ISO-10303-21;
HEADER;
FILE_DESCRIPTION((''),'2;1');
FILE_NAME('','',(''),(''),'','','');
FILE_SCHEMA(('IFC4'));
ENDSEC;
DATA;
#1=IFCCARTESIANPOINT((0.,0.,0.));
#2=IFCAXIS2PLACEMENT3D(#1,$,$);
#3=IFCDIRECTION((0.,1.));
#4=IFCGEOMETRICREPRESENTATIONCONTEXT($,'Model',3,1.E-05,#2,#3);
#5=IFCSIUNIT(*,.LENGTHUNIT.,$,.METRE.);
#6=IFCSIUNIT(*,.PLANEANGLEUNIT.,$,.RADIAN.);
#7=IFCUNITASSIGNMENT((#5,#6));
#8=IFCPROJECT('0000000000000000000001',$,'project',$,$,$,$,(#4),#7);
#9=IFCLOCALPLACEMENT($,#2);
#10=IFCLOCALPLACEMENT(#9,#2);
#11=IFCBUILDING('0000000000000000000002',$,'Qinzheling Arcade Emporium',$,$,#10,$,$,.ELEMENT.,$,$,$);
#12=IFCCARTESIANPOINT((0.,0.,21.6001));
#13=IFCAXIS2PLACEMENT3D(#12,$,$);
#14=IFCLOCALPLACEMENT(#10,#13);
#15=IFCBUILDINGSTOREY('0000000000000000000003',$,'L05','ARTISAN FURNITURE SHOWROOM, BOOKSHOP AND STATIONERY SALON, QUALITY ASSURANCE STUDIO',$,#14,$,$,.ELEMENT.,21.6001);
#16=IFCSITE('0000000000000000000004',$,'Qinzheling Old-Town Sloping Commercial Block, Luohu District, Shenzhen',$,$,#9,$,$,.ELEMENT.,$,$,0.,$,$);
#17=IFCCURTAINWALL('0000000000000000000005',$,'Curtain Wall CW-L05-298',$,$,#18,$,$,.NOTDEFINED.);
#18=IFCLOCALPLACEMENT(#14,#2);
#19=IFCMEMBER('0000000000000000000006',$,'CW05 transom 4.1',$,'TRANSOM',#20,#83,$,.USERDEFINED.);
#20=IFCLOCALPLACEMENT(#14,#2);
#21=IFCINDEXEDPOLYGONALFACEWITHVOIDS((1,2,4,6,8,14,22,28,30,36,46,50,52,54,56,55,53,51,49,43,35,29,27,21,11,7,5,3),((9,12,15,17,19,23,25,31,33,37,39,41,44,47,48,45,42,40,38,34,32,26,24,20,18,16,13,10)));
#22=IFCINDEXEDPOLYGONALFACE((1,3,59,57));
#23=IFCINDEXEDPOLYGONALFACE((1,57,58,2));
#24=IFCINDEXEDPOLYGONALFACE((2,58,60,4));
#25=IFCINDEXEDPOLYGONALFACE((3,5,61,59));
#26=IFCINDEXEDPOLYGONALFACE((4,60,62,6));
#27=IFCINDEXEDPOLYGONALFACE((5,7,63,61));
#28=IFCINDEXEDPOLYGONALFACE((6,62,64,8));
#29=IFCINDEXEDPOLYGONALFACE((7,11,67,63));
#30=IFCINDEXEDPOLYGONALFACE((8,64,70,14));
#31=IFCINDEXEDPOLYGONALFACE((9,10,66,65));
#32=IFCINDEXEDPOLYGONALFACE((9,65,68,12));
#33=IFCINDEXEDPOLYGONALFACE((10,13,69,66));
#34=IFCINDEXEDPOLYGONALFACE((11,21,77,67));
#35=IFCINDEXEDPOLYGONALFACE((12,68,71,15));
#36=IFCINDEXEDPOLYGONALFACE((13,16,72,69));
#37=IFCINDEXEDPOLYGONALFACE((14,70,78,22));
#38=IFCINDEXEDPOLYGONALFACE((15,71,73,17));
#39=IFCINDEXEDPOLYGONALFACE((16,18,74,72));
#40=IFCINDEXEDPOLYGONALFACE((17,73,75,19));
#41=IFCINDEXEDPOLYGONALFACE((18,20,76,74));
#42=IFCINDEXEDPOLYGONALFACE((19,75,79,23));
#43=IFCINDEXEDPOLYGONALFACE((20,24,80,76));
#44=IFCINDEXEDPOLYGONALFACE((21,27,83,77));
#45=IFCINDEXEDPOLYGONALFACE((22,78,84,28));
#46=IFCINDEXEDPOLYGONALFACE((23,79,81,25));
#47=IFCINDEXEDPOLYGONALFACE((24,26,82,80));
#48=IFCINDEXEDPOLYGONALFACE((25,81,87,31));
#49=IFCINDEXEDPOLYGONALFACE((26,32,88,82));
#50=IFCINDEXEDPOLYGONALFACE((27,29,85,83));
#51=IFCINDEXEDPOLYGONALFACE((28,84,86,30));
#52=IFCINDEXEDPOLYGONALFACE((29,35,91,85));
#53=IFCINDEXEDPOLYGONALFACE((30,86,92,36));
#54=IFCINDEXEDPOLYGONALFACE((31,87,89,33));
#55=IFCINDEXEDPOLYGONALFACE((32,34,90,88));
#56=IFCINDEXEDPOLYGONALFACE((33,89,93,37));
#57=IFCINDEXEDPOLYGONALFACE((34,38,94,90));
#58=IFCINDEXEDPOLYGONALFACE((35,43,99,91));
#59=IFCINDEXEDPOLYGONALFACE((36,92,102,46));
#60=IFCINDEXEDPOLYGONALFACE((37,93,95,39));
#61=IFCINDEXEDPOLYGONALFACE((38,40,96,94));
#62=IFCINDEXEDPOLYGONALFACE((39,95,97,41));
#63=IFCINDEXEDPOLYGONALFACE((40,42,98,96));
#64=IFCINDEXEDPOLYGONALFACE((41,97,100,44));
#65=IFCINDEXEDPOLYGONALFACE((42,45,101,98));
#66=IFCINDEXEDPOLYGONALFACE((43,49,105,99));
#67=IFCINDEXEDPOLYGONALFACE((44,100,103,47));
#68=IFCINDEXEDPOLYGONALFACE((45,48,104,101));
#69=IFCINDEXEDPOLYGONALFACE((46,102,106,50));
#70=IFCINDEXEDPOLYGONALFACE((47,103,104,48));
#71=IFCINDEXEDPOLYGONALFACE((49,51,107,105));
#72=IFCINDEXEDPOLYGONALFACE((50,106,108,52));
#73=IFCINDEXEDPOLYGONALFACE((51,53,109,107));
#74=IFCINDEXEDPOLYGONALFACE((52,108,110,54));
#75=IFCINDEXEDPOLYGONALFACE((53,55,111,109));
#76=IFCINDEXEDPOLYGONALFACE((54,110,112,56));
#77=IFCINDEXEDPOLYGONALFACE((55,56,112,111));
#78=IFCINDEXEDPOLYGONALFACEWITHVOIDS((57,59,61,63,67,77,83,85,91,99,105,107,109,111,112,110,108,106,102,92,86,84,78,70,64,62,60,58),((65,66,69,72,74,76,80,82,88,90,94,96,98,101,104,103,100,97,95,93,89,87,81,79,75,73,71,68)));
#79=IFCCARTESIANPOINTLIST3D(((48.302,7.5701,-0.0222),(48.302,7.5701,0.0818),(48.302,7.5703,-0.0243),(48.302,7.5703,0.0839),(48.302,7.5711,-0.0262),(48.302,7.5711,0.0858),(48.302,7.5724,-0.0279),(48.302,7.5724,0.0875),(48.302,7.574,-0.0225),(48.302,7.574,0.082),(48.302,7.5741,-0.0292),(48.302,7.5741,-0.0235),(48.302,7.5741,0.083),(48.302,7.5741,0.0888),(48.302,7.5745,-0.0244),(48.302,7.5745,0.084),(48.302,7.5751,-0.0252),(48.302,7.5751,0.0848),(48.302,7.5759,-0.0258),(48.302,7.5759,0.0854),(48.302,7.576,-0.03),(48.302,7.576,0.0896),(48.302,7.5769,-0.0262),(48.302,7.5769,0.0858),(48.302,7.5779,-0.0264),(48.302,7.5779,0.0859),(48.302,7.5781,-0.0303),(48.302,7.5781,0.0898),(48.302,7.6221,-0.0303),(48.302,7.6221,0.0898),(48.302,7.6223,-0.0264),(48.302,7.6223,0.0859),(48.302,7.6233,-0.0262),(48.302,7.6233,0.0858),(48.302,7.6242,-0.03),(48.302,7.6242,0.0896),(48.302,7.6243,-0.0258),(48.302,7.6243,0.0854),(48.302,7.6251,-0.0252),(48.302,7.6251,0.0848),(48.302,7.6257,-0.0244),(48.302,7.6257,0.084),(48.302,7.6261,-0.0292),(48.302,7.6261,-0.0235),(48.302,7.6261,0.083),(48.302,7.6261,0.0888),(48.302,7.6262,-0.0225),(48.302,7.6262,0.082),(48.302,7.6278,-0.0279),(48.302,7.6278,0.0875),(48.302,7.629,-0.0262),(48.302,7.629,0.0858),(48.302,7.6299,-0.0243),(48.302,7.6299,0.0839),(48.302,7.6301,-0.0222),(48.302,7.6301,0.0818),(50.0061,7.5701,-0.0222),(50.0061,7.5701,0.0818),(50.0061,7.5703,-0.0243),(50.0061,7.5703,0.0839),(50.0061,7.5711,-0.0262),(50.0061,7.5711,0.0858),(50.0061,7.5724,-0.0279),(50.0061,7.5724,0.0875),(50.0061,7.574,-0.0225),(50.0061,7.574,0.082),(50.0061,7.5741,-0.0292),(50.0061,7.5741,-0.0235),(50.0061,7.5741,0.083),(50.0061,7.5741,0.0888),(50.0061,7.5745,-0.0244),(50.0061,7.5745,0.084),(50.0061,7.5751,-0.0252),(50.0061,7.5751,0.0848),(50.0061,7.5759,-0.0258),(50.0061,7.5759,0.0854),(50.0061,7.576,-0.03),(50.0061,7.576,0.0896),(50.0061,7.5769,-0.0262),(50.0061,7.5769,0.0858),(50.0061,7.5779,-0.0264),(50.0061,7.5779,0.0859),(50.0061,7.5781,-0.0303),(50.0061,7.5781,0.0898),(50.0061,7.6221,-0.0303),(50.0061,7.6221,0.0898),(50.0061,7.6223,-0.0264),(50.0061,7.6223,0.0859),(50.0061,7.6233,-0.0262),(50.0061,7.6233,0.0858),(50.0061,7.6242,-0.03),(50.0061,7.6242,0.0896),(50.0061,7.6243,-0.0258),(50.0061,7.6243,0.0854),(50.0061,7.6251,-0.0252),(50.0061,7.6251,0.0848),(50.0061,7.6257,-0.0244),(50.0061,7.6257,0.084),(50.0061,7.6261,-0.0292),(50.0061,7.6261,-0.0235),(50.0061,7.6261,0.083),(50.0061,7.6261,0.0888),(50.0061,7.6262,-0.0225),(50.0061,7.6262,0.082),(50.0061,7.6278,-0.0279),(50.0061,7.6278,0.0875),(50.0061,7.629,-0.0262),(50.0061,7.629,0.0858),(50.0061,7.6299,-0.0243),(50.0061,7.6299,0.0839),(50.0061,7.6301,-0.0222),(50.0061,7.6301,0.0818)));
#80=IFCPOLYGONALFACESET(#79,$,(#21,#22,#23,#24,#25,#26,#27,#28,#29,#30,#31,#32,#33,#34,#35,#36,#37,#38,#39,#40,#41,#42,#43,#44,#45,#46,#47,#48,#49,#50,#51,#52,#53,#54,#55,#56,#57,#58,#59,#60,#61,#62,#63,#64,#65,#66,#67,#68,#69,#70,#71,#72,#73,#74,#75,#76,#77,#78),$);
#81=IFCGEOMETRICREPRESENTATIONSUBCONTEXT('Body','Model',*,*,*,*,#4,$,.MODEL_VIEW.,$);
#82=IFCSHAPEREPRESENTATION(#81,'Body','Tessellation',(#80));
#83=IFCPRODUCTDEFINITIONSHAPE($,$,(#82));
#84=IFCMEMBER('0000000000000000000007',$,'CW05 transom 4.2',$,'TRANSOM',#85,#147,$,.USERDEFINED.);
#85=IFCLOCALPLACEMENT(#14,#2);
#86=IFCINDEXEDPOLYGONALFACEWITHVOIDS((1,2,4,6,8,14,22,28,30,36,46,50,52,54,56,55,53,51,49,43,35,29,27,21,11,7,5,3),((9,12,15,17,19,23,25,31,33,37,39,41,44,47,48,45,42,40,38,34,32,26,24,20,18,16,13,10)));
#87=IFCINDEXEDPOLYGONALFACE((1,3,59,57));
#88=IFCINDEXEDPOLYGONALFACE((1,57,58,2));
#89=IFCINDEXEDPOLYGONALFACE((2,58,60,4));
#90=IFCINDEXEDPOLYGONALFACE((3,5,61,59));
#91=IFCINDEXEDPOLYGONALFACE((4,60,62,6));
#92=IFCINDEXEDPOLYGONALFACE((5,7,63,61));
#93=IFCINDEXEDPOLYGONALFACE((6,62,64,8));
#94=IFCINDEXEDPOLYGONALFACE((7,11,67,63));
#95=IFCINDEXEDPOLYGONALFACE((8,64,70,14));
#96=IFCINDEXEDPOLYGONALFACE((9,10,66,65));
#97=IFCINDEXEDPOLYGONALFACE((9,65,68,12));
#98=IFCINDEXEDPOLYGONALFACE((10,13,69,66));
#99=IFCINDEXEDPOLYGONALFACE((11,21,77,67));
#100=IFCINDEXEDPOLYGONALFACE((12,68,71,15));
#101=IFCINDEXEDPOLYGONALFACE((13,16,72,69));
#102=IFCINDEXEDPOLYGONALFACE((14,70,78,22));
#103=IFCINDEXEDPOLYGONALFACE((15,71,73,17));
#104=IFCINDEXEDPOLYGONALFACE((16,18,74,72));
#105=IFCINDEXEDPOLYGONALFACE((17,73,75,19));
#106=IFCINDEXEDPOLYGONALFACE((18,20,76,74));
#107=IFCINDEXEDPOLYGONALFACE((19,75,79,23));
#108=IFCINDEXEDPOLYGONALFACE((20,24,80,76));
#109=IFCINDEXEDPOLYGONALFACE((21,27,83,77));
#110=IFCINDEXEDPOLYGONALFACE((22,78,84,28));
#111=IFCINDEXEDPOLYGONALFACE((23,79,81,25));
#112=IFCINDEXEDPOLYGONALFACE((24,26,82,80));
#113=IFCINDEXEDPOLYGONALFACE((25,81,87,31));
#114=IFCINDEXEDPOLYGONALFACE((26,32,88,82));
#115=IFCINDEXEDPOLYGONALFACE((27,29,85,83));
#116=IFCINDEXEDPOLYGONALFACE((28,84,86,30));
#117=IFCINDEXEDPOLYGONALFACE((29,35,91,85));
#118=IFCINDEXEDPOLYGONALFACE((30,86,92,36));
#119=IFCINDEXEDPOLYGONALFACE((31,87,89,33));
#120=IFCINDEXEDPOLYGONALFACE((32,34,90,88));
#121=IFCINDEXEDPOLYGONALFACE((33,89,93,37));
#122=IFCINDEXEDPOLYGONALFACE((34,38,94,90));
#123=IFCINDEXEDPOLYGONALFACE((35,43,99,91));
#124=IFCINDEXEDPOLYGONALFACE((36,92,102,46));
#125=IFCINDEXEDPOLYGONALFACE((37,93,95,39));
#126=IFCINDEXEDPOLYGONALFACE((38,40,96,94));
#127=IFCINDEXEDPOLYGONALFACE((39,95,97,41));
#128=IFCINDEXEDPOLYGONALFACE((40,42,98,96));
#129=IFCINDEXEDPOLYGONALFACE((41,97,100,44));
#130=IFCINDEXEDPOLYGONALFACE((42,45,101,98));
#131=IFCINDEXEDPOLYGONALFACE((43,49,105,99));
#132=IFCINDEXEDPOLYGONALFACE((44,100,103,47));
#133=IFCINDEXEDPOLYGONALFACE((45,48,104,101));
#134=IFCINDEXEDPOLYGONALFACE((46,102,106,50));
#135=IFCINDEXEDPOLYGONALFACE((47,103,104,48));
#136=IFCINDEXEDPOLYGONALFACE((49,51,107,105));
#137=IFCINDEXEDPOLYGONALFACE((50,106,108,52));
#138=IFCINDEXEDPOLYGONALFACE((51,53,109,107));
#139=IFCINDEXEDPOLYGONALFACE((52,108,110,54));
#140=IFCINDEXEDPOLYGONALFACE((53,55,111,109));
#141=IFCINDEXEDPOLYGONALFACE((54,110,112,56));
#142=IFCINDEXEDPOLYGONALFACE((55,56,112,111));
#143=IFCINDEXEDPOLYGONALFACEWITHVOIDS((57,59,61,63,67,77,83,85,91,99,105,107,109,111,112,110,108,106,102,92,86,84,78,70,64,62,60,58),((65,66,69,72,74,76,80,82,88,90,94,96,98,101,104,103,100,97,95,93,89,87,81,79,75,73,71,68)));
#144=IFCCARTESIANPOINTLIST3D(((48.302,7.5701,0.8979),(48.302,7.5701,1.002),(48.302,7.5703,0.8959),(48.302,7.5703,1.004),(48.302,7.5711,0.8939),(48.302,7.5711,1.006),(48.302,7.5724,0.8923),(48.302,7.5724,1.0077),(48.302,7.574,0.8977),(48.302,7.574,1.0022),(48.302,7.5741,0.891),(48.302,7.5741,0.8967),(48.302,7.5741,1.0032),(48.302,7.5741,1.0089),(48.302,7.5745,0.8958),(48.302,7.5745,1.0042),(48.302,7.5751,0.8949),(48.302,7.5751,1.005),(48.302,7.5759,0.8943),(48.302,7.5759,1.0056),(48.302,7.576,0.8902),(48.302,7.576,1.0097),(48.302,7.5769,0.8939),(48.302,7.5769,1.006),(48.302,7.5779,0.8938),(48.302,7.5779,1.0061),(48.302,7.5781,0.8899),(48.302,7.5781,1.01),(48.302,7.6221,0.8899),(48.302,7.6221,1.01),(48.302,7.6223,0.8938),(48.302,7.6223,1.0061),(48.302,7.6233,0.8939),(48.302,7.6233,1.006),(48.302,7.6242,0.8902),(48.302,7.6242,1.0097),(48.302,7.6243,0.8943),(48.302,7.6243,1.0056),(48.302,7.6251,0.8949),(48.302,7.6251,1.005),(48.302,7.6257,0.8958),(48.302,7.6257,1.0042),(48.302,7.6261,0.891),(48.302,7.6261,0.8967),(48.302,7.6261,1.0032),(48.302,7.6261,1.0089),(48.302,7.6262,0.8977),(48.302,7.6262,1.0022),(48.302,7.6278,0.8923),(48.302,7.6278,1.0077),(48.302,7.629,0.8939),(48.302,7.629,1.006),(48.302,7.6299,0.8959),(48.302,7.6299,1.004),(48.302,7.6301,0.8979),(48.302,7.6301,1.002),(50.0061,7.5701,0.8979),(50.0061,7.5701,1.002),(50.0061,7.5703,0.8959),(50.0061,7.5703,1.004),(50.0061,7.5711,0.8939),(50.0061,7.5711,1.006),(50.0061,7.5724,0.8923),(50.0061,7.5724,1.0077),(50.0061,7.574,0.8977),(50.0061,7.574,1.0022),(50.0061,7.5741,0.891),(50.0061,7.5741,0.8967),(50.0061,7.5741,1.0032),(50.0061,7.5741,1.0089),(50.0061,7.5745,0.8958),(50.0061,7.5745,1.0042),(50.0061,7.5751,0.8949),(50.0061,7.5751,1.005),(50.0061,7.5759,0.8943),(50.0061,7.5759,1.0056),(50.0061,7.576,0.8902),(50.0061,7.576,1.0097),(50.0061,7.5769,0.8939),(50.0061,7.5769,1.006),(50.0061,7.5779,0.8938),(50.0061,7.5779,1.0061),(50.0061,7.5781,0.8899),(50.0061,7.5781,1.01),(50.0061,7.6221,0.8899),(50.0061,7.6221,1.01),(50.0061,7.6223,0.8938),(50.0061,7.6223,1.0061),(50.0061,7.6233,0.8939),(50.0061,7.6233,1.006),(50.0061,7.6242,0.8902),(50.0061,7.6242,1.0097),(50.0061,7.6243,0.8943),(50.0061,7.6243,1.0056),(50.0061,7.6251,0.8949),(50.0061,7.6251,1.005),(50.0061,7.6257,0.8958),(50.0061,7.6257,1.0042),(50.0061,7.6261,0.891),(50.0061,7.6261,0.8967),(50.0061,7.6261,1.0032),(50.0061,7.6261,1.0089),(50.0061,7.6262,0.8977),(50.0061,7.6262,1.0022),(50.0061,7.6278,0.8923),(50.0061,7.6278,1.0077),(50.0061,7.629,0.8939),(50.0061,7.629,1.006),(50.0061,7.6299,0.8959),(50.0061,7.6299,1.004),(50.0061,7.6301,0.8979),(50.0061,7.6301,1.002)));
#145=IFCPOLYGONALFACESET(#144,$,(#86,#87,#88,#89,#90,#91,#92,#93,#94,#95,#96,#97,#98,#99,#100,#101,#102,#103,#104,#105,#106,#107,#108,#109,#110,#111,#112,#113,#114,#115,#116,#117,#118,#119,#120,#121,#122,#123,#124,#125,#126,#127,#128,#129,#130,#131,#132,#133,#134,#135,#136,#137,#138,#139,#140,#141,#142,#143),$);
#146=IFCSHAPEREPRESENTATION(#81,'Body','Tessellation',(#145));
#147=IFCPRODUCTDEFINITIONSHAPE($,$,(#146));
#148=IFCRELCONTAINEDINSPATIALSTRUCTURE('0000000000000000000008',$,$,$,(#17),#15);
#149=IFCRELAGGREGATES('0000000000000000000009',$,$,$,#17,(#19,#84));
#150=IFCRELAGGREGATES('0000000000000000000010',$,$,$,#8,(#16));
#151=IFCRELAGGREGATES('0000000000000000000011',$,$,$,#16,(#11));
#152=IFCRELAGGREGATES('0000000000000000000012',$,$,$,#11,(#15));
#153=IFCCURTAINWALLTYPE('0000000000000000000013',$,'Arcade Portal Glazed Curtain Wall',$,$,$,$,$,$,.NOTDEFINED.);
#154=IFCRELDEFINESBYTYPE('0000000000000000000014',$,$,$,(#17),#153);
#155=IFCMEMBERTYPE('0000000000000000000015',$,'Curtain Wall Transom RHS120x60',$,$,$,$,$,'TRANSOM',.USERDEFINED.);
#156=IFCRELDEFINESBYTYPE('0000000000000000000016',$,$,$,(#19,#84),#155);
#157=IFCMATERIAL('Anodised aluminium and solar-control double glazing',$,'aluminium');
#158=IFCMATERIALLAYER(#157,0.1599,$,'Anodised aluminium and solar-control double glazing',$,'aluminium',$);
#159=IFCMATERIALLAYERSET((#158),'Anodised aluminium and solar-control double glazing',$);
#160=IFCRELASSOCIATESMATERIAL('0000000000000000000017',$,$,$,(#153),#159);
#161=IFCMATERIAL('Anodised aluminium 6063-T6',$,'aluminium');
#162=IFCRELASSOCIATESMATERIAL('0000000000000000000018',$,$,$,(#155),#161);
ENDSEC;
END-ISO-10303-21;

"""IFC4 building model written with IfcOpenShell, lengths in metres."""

from ifc_helpers import new_model, si_unit, direction, frame, origin, origin_2d, place, context, subcontext, project, spatial, hollow_rectangle, extrude, material, layer, layer_set, material_profile, profile_set, type_object, element, aggregate, save


model = new_model("IFC4")

# Units and contexts
model_context = context("Model", 3, precision=1e-05, world=origin(), true_north=direction((0.0, 1.0)))
body_context = subcontext(model_context, "Body", "Model", "MODEL_VIEW")
ifc_project = project(units=[si_unit("LENGTHUNIT", "METRE"), si_unit("PLANEANGLEUNIT", "RADIAN")], contexts=[model_context])

# Site, building, storey
site_placement = place(None, origin())
site = spatial("IfcSite", under=ifc_project, at=site_placement, Name="Qinzheling Old-Town Sloping Commercial Block, Luohu District, Shenzhen", CompositionType="ELEMENT", RefElevation=0.0)
building_placement = place(site_placement, origin())
building = spatial("IfcBuilding", under=site, at=building_placement, Name="Qinzheling Arcade Emporium", CompositionType="ELEMENT")
storey_placement = place(building_placement, frame((0.0, 0.0, 21.6001)))
storey = spatial("IfcBuildingStorey", under=building, at=storey_placement, Name="L05", Description="ARTISAN FURNITURE SHOWROOM, BOOKSHOP AND STATIONERY SALON, QUALITY ASSURANCE STUDIO", CompositionType="ELEMENT", Elevation=21.6001)

# Curtain wall, members
ifc_material_1 = material(Name="Anodised aluminium and solar-control double glazing", Category="aluminium")
ifc_layer_1 = layer(ifc_material_1, 0.1599, Name="Anodised aluminium and solar-control double glazing", Category="aluminium")
ifc_layer_set_1 = layer_set([ifc_layer_1], Name="Anodised aluminium and solar-control double glazing")
curtain_wall_type = type_object("IfcCurtainWallType", Name="Arcade Portal Glazed Curtain Wall", PredefinedType="NOTDEFINED", material=ifc_layer_set_1)
curtain_wall_placement = place(storey_placement, origin())
curtain_wall = element("IfcCurtainWall", 1, at=curtain_wall_placement, inside=storey, type_object=curtain_wall_type, Name="Curtain Wall CW-L05-298", PredefinedType="NOTDEFINED")
ifc_material_2 = material(Name="Anodised aluminium 6063-T6", Category="aluminium")
ifc_material_profile_1 = material_profile(ifc_material_2, hollow_rectangle(XDim=0.0601, YDim=0.1201, WallThickness=0.0039, InnerFilletRadius=0.0039, OuterFilletRadius=0.0081, at=origin_2d()), Name="RHS 120x60x4", Category="aluminium")
ifc_profile_set_1 = profile_set([ifc_material_profile_1], Name="Anodised aluminium 6063-T6")
member_type_1 = type_object("IfcMemberType", Name="Curtain Wall Transom RHS120x60", ElementType="TRANSOM", PredefinedType="USERDEFINED", material=ifc_profile_set_1)
member_1_placement = place(storey_placement, frame((50.0061, 7.6001, 0.0298), z_axis=(-1.0, 0.0, 0.0), x_axis=(0.0, -1.0, 0.0)))
member_1 = element("IfcMember", 2, at=member_1_placement, type_object=member_type_1, Name="CW05 transom 4.1", ObjectType="TRANSOM", PredefinedType="USERDEFINED", context=body_context, shape_type="SweptSolid", body=[
    extrude(hollow_rectangle(XDim=0.0601, YDim=0.1201, WallThickness=0.0039, InnerFilletRadius=0.0039, OuterFilletRadius=0.0081, at=origin_2d()), origin(), (0.0, 0.0, 1.0), 1.7041),
])
member_2_placement = place(storey_placement, frame((50.0061, 7.6001, 0.95), z_axis=(-1.0, 0.0, 0.0), x_axis=(0.0, -1.0, 0.0)))
member_2 = element("IfcMember", 3, at=member_2_placement, type_object=member_type_1, Name="CW05 transom 4.2", ObjectType="TRANSOM", PredefinedType="USERDEFINED", context=body_context, shape_type="SweptSolid", body=[
    extrude(hollow_rectangle(XDim=0.0601, YDim=0.1201, WallThickness=0.0039, InnerFilletRadius=0.0039, OuterFilletRadius=0.0081, at=origin_2d()), origin(), (0.0, 0.0, 1.0), 1.7041),
])

aggregate(curtain_wall, [member_1, member_2])

save(model, "model.ifc")
